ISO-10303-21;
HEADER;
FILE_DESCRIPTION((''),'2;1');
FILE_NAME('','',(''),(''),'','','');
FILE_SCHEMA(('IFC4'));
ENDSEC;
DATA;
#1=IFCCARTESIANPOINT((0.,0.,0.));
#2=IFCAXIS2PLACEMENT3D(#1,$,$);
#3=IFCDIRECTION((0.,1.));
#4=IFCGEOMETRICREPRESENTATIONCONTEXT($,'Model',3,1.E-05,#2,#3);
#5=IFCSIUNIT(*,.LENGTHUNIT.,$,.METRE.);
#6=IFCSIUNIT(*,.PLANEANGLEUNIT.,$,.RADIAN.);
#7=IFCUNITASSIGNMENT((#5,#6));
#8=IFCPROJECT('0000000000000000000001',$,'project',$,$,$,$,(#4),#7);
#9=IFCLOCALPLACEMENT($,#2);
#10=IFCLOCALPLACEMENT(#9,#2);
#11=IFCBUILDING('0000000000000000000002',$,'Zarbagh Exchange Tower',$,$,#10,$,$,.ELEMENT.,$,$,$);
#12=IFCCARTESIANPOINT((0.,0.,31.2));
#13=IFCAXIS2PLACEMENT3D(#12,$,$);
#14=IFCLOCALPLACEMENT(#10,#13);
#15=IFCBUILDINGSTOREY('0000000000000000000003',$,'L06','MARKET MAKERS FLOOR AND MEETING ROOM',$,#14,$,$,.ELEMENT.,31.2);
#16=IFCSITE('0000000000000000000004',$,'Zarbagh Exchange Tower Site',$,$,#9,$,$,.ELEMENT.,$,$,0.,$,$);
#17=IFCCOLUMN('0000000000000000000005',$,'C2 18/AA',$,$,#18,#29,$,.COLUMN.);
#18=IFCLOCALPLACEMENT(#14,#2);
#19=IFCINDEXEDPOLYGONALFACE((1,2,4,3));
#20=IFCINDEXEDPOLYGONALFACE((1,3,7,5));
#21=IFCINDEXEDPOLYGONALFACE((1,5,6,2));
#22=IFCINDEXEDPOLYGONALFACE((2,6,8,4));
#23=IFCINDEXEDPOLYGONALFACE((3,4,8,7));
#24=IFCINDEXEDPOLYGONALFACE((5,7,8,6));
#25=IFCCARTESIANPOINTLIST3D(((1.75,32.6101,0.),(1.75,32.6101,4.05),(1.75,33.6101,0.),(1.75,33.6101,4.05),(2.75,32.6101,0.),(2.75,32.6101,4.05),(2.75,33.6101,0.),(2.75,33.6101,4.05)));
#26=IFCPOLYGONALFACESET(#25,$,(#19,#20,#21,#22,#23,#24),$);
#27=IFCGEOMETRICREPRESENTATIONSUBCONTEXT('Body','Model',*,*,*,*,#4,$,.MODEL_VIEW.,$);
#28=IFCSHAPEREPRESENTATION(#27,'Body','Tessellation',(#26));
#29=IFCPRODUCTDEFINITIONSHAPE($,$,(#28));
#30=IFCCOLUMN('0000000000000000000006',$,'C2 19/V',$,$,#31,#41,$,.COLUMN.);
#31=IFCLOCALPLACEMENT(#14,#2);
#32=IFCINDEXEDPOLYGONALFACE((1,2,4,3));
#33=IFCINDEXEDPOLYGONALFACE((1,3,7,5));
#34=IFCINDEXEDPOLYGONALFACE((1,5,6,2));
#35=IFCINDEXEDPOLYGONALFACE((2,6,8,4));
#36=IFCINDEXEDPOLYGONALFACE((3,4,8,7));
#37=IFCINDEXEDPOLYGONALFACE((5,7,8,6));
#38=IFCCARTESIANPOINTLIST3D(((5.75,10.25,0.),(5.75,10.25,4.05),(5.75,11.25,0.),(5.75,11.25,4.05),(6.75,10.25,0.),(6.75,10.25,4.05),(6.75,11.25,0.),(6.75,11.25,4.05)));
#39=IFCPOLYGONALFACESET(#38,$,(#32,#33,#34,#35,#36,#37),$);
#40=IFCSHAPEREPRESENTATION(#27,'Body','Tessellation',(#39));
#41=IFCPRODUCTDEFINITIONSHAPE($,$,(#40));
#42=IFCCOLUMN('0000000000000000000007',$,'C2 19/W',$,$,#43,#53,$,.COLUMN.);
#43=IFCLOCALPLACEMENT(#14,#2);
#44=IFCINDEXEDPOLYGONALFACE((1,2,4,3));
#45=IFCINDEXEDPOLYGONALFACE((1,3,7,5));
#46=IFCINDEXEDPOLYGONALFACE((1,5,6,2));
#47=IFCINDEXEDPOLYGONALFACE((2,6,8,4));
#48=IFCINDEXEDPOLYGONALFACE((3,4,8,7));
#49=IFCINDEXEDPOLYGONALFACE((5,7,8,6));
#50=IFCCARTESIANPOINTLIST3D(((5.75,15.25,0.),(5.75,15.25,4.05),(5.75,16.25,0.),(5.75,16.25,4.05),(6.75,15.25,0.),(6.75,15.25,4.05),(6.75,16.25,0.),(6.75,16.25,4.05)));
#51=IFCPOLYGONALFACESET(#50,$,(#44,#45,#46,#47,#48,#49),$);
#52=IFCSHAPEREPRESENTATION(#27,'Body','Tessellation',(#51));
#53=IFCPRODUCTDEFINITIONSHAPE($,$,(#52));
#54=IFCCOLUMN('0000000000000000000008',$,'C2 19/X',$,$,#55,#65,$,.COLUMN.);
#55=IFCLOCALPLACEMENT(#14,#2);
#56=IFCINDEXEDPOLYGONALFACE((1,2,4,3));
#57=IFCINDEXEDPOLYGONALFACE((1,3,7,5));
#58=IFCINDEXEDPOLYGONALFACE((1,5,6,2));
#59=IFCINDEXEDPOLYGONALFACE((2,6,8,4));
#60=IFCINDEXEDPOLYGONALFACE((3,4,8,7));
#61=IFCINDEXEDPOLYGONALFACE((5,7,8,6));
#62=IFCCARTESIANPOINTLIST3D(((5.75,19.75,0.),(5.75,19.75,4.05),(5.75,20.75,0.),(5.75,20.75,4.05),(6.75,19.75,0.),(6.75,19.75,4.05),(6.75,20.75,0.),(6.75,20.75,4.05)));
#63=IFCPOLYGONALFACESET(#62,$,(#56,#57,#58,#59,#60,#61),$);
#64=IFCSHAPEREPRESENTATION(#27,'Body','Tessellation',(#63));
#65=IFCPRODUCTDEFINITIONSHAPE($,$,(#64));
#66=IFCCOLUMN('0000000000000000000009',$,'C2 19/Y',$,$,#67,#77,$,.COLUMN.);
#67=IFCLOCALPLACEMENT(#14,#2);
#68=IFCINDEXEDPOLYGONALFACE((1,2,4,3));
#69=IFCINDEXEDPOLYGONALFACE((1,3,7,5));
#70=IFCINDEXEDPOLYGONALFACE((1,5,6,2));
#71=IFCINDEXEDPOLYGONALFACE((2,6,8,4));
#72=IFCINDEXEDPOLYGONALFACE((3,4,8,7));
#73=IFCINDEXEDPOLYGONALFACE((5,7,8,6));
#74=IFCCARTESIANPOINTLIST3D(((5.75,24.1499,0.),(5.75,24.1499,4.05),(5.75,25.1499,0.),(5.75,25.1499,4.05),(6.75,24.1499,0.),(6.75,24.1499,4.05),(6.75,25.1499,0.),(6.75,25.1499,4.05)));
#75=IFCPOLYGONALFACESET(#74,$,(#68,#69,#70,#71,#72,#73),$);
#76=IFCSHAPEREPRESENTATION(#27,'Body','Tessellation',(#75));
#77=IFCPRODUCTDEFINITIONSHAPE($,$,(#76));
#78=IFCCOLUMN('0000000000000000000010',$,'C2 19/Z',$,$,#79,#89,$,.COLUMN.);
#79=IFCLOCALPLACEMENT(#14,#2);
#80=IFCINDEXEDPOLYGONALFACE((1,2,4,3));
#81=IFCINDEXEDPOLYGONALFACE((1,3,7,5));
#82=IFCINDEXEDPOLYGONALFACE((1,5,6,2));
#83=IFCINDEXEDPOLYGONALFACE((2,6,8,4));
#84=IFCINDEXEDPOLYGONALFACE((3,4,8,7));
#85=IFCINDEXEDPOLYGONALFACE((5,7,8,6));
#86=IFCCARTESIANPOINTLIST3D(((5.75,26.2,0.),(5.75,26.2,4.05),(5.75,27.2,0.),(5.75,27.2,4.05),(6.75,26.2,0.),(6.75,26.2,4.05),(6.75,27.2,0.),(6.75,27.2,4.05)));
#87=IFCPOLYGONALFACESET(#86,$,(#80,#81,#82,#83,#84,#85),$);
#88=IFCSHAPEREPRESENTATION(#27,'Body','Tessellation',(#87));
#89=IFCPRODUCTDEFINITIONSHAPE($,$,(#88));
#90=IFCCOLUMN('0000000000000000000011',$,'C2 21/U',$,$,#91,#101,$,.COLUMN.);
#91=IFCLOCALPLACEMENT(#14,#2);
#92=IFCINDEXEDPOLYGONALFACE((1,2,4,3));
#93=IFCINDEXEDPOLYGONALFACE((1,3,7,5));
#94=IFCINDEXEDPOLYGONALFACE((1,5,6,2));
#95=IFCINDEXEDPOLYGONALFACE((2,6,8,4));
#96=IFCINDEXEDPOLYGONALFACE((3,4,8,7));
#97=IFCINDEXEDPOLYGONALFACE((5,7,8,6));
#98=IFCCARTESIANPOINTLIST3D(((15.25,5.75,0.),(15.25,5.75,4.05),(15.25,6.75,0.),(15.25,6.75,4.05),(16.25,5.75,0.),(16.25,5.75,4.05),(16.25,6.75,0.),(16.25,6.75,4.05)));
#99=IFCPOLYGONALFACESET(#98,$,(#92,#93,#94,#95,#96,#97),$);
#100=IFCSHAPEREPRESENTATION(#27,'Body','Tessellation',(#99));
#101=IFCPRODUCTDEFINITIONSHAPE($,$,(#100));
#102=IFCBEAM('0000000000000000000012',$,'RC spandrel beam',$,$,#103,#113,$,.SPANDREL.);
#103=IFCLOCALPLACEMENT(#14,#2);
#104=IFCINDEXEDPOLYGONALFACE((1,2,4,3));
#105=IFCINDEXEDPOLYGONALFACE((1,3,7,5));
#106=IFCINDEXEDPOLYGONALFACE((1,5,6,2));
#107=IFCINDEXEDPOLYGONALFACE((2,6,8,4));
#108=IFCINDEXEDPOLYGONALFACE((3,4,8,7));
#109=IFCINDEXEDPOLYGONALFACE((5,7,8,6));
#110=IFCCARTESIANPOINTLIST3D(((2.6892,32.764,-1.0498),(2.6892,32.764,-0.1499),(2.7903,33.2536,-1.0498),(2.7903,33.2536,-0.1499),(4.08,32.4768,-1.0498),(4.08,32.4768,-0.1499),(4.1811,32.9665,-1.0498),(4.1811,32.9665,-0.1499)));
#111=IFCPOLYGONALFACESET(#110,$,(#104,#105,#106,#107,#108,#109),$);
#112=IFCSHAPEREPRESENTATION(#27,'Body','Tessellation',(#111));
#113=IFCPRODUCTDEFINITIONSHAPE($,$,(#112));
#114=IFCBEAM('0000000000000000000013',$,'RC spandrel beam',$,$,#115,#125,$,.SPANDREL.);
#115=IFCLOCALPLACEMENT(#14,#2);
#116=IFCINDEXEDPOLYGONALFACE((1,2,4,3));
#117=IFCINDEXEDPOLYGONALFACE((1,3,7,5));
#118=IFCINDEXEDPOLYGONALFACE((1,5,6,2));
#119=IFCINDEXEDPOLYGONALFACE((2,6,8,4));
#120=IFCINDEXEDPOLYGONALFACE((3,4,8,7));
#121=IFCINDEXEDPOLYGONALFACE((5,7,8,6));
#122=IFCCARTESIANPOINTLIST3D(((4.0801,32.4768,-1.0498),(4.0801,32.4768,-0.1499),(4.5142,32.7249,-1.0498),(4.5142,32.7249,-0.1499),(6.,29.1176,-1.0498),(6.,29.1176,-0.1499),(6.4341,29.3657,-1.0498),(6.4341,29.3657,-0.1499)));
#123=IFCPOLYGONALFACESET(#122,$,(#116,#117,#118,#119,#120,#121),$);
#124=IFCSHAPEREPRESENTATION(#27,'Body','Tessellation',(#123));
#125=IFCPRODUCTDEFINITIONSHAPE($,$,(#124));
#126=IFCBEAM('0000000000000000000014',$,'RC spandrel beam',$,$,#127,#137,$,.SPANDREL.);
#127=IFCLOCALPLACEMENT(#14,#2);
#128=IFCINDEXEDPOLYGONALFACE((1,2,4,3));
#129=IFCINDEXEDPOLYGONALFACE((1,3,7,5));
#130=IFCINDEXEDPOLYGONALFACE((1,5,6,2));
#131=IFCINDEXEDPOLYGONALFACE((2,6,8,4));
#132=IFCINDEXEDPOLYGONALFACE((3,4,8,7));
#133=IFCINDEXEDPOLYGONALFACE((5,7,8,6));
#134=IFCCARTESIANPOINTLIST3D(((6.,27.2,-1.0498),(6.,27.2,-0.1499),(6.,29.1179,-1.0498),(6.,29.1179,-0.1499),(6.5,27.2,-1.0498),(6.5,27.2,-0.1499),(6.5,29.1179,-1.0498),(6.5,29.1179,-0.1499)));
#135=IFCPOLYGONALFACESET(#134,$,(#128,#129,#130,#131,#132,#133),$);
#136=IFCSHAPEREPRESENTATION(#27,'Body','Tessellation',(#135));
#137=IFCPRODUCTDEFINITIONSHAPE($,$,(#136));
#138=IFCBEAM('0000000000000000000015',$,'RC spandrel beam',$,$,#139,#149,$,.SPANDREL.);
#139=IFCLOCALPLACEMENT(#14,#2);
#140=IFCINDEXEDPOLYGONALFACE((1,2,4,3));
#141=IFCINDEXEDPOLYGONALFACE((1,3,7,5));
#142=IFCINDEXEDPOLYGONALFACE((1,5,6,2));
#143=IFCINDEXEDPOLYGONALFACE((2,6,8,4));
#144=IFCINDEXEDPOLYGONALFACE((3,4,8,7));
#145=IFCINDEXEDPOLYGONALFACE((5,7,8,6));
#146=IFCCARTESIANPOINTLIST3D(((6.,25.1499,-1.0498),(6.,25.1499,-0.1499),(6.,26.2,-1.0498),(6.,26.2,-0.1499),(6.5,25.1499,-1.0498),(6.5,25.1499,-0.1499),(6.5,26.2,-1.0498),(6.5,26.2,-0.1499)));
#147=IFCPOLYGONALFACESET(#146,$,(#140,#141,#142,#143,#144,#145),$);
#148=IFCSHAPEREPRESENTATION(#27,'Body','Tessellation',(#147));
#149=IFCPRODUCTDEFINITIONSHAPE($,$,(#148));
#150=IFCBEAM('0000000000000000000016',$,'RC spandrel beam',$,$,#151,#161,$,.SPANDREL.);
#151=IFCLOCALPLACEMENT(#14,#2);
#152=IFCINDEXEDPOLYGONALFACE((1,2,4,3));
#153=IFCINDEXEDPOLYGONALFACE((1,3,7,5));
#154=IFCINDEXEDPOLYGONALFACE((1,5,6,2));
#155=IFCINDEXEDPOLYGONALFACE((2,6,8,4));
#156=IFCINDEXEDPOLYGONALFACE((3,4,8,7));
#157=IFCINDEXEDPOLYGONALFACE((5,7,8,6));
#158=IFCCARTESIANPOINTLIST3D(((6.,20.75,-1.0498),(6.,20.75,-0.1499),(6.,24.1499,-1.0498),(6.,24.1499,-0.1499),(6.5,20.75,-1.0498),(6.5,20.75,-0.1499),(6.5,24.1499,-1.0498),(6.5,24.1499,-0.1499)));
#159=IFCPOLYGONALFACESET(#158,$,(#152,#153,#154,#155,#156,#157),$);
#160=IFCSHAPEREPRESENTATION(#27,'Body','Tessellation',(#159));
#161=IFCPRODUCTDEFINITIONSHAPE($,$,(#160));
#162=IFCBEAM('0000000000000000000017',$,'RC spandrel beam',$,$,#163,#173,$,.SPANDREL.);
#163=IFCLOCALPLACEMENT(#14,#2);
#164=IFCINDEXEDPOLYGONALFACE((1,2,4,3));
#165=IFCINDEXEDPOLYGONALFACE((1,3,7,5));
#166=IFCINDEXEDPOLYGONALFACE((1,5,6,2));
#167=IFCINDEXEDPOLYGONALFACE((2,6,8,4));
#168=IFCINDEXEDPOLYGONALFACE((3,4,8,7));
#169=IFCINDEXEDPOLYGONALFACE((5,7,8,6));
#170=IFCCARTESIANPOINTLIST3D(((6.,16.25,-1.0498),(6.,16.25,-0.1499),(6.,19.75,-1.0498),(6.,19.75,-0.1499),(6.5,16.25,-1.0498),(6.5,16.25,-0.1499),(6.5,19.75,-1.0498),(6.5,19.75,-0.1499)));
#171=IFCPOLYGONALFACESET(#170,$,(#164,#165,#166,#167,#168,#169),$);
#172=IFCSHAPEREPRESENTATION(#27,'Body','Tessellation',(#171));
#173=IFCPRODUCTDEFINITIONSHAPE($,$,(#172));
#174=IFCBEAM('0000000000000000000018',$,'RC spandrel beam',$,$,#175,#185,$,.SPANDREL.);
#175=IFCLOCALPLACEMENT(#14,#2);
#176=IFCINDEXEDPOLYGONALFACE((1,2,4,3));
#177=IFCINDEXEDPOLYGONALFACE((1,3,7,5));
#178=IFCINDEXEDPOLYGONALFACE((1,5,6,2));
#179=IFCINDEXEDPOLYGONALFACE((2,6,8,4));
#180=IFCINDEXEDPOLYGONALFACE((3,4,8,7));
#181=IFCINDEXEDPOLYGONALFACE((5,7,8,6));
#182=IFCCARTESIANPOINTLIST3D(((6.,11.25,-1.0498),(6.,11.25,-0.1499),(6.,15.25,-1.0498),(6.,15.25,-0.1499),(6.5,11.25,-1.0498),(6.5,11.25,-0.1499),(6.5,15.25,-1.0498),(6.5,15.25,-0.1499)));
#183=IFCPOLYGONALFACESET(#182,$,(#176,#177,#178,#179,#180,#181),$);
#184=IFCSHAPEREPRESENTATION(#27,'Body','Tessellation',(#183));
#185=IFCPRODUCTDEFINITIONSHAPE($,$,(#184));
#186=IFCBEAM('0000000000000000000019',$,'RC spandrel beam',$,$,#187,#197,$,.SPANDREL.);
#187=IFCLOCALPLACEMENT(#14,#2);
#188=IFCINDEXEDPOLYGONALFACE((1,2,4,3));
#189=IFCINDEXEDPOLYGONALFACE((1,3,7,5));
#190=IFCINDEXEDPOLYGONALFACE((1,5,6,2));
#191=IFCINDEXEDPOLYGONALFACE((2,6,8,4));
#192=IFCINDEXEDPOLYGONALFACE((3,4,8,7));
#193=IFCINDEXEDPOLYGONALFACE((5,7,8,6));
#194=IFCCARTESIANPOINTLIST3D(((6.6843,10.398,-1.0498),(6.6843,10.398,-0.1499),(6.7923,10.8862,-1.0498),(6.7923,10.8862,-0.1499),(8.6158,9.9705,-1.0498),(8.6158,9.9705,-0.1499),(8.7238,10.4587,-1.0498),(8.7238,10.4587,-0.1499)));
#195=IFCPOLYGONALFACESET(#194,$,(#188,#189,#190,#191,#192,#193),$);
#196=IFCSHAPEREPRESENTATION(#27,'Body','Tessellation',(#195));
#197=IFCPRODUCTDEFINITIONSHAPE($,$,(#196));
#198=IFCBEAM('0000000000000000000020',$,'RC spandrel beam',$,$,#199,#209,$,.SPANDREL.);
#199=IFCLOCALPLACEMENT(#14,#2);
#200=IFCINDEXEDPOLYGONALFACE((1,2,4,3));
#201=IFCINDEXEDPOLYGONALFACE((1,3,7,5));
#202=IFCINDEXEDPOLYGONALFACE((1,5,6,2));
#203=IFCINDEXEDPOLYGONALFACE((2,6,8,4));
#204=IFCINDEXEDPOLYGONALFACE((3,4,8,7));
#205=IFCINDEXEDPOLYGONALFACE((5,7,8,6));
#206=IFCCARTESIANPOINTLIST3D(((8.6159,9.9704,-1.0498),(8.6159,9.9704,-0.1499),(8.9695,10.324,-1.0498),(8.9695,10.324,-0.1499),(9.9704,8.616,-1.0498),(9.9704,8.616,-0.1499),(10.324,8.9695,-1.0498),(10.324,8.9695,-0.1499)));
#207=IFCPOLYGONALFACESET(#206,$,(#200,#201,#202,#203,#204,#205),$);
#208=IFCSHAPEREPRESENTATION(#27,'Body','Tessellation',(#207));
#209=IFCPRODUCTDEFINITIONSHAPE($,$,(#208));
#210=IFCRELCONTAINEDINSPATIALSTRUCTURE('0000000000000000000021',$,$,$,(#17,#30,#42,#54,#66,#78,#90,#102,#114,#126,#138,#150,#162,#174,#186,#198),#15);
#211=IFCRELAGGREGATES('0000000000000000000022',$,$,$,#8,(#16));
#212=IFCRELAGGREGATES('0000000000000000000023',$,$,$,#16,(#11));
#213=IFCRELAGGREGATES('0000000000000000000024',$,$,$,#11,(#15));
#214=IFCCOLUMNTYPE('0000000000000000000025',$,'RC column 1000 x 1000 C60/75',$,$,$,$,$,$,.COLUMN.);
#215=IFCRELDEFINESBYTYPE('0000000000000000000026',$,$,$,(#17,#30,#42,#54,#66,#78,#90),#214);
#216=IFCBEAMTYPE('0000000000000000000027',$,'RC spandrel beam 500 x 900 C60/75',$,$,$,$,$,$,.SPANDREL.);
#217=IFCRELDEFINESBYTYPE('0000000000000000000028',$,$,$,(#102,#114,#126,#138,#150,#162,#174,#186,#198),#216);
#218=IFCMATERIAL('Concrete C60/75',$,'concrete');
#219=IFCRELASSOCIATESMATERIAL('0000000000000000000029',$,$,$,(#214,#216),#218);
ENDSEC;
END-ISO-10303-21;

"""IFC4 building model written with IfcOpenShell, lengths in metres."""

from ifc_helpers import new_model, si_unit, direction, frame, origin, origin_2d, place, context, subcontext, project, spatial, rectangle, extrude, material, material_profile, profile_set, type_object, element, save


model = new_model("IFC4")

# Units and contexts
model_context = context("Model", 3, precision=1e-05, world=origin(), true_north=direction((0.0, 1.0)))
body_context = subcontext(model_context, "Body", "Model", "MODEL_VIEW")
ifc_project = project(units=[si_unit("LENGTHUNIT", "METRE"), si_unit("PLANEANGLEUNIT", "RADIAN")], contexts=[model_context])

# Site, building, storey
site_placement = place(None, origin())
site = spatial("IfcSite", under=ifc_project, at=site_placement, Name="Zarbagh Exchange Tower Site", CompositionType="ELEMENT", RefElevation=0.0)
building_placement = place(site_placement, origin())
building = spatial("IfcBuilding", under=site, at=building_placement, Name="Zarbagh Exchange Tower", CompositionType="ELEMENT")
storey_placement = place(building_placement, frame((0.0, 0.0, 31.2)))
storey = spatial("IfcBuildingStorey", under=building, at=storey_placement, Name="L06", Description="MARKET MAKERS FLOOR AND MEETING ROOM", CompositionType="ELEMENT", Elevation=31.2)

# Columns
ifc_material_1 = material(Name="Concrete C60/75", Category="concrete")
ifc_material_profile_1 = material_profile(ifc_material_1, rectangle(XDim=1.0, YDim=1.0, at=origin_2d()), Name="RC column 1000 x 1000 C60/75")
ifc_profile_set_1 = profile_set([ifc_material_profile_1], Name="Concrete C60/75")
column_type = type_object("IfcColumnType", Name="RC column 1000 x 1000 C60/75", PredefinedType="COLUMN", material=ifc_profile_set_1)
for number, where, z_axis, x_axis, name in (
    (1, (2.25, 33.1101, 0.0), (0.0, 0.0, 1.0), (1.0, 0.0, 0.0), "C2 18/AA"),
    (2, (6.25, 10.75, 0.0), (0.0, 0.0, 1.0), (1.0, 0.0, 0.0), "C2 19/V"),
    (3, (6.25, 15.75, 0.0), (0.0, 0.0, 1.0), (1.0, 0.0, 0.0), "C2 19/W"),
    (4, (6.25, 20.25, 0.0), (0.0, 0.0, 1.0), (1.0, 0.0, 0.0), "C2 19/X"),
    (5, (6.25, 24.6499, 0.0), (0.0, 0.0, 1.0), (1.0, 0.0, 0.0), "C2 19/Y"),
    (6, (6.25, 26.7, 0.0), (0.0, 0.0, 1.0), (1.0, 0.0, 0.0), "C2 19/Z"),
    (7, (15.75, 6.25, 0.0), (0.0, 0.0, 1.0), (1.0, 0.0, 0.0), "C2 21/U"),
):
    element("IfcColumn", number, at=place(storey_placement, frame(where, z_axis=z_axis, x_axis=x_axis)), inside=storey, type_object=column_type, Name=name, PredefinedType="COLUMN", context=body_context, shape_type="SweptSolid", body=[
        extrude(rectangle(XDim=1.0, YDim=1.0, at=origin_2d()), origin(), (0.0, 0.0, 1.0), 4.05),
    ])

# Beams
ifc_material_profile_2 = material_profile(ifc_material_1, rectangle(XDim=0.5, YDim=0.8999, at=origin_2d()), Name="RC spandrel beam 500 x 900 C60/75")
ifc_profile_set_2 = profile_set([ifc_material_profile_2], Name="Concrete C60/75")
beam_type = type_object("IfcBeamType", Name="RC spandrel beam 500 x 900 C60/75", PredefinedType="SPANDREL", material=ifc_profile_set_2)
beam_1_placement = place(storey_placement, frame((2.7397, 33.0088, -0.5999), z_axis=(0.979352, -0.202162, 0.0), x_axis=(0.202162, 0.979352, 0.0)))
element("IfcBeam", 8, at=beam_1_placement, inside=storey, type_object=beam_type, Name="RC spandrel beam", PredefinedType="SPANDREL", context=body_context, shape_type="SweptSolid", body=[
    extrude(rectangle(XDim=0.5, YDim=0.8999, at=origin_2d()), origin(), (0.0, 0.0, 1.0), 1.4202),
])
beam_2_placement = place(storey_placement, frame((4.2971, 32.6008, -0.5999), z_axis=(0.49622, -0.868197, 0.0), x_axis=(0.868197, 0.49622, 0.0)))
element("IfcBeam", 9, at=beam_2_placement, inside=storey, type_object=beam_type, Name="RC spandrel beam", PredefinedType="SPANDREL", context=body_context, shape_type="SweptSolid", body=[
    extrude(rectangle(XDim=0.5, YDim=0.8999, at=origin_2d()), origin(), (0.0, 0.0, 1.0), 3.8691),
])
beam_3_placement = place(storey_placement, frame((6.25, 29.1179, -0.5999), z_axis=(0.0, -1.0, 0.0), x_axis=(1.0, 0.0, 0.0)))
element("IfcBeam", 10, at=beam_3_placement, inside=storey, type_object=beam_type, Name="RC spandrel beam", PredefinedType="SPANDREL", context=body_context, shape_type="SweptSolid", body=[
    extrude(rectangle(XDim=0.5, YDim=0.8999, at=origin_2d()), origin(), (0.0, 0.0, 1.0), 1.918),
])
beam_4_placement = place(storey_placement, frame((6.25, 26.2, -0.5999), z_axis=(0.0, -1.0, 0.0), x_axis=(1.0, 0.0, 0.0)))
element("IfcBeam", 11, at=beam_4_placement, inside=storey, type_object=beam_type, Name="RC spandrel beam", PredefinedType="SPANDREL", context=body_context, shape_type="SweptSolid", body=[
    extrude(rectangle(XDim=0.5, YDim=0.8999, at=origin_2d()), origin(), (0.0, 0.0, 1.0), 1.05),
])
beam_5_placement = place(storey_placement, frame((6.25, 24.1499, -0.5999), z_axis=(0.0, -1.0, 0.0), x_axis=(1.0, 0.0, 0.0)))
element("IfcBeam", 12, at=beam_5_placement, inside=storey, type_object=beam_type, Name="RC spandrel beam", PredefinedType="SPANDREL", context=body_context, shape_type="SweptSolid", body=[
    extrude(rectangle(XDim=0.5, YDim=0.8999, at=origin_2d()), origin(), (0.0, 0.0, 1.0), 3.3999),
])
beam_6_placement = place(storey_placement, frame((6.25, 19.75, -0.5999), z_axis=(0.0, -1.0, 0.0), x_axis=(1.0, 0.0, 0.0)))
element("IfcBeam", 13, at=beam_6_placement, inside=storey, type_object=beam_type, Name="RC spandrel beam", PredefinedType="SPANDREL", context=body_context, shape_type="SweptSolid", body=[
    extrude(rectangle(XDim=0.5, YDim=0.8999, at=origin_2d()), origin(), (0.0, 0.0, 1.0), 3.5),
])
beam_7_placement = place(storey_placement, frame((6.25, 15.25, -0.5999), z_axis=(0.0, -1.0, 0.0), x_axis=(1.0, 0.0, 0.0)))
element("IfcBeam", 14, at=beam_7_placement, inside=storey, type_object=beam_type, Name="RC spandrel beam", PredefinedType="SPANDREL", context=body_context, shape_type="SweptSolid", body=[
    extrude(rectangle(XDim=0.5, YDim=0.8999, at=origin_2d()), origin(), (0.0, 0.0, 1.0), 4.0),
])
beam_8_placement = place(storey_placement, frame((6.7383, 10.6421, -0.5999), z_axis=(0.976375, -0.216081, 0.0), x_axis=(0.216081, 0.976375, 0.0)))
element("IfcBeam", 15, at=beam_8_placement, inside=storey, type_object=beam_type, Name="RC spandrel beam", PredefinedType="SPANDREL", context=body_context, shape_type="SweptSolid", body=[
    extrude(rectangle(XDim=0.5, YDim=0.8999, at=origin_2d()), origin(), (0.0, 0.0, 1.0), 1.9783),
])
beam_9_placement = place(storey_placement, frame((8.7927, 10.1472, -0.5999), z_axis=(0.707107, -0.707107, 0.0), x_axis=(0.707107, 0.707107, 0.0)))
element("IfcBeam", 16, at=beam_9_placement, inside=storey, type_object=beam_type, Name="RC spandrel beam", PredefinedType="SPANDREL", context=body_context, shape_type="SweptSolid", body=[
    extrude(rectangle(XDim=0.5, YDim=0.8999, at=origin_2d()), origin(), (0.0, 0.0, 1.0), 1.9155),
])

save(model, "model.ifc")
